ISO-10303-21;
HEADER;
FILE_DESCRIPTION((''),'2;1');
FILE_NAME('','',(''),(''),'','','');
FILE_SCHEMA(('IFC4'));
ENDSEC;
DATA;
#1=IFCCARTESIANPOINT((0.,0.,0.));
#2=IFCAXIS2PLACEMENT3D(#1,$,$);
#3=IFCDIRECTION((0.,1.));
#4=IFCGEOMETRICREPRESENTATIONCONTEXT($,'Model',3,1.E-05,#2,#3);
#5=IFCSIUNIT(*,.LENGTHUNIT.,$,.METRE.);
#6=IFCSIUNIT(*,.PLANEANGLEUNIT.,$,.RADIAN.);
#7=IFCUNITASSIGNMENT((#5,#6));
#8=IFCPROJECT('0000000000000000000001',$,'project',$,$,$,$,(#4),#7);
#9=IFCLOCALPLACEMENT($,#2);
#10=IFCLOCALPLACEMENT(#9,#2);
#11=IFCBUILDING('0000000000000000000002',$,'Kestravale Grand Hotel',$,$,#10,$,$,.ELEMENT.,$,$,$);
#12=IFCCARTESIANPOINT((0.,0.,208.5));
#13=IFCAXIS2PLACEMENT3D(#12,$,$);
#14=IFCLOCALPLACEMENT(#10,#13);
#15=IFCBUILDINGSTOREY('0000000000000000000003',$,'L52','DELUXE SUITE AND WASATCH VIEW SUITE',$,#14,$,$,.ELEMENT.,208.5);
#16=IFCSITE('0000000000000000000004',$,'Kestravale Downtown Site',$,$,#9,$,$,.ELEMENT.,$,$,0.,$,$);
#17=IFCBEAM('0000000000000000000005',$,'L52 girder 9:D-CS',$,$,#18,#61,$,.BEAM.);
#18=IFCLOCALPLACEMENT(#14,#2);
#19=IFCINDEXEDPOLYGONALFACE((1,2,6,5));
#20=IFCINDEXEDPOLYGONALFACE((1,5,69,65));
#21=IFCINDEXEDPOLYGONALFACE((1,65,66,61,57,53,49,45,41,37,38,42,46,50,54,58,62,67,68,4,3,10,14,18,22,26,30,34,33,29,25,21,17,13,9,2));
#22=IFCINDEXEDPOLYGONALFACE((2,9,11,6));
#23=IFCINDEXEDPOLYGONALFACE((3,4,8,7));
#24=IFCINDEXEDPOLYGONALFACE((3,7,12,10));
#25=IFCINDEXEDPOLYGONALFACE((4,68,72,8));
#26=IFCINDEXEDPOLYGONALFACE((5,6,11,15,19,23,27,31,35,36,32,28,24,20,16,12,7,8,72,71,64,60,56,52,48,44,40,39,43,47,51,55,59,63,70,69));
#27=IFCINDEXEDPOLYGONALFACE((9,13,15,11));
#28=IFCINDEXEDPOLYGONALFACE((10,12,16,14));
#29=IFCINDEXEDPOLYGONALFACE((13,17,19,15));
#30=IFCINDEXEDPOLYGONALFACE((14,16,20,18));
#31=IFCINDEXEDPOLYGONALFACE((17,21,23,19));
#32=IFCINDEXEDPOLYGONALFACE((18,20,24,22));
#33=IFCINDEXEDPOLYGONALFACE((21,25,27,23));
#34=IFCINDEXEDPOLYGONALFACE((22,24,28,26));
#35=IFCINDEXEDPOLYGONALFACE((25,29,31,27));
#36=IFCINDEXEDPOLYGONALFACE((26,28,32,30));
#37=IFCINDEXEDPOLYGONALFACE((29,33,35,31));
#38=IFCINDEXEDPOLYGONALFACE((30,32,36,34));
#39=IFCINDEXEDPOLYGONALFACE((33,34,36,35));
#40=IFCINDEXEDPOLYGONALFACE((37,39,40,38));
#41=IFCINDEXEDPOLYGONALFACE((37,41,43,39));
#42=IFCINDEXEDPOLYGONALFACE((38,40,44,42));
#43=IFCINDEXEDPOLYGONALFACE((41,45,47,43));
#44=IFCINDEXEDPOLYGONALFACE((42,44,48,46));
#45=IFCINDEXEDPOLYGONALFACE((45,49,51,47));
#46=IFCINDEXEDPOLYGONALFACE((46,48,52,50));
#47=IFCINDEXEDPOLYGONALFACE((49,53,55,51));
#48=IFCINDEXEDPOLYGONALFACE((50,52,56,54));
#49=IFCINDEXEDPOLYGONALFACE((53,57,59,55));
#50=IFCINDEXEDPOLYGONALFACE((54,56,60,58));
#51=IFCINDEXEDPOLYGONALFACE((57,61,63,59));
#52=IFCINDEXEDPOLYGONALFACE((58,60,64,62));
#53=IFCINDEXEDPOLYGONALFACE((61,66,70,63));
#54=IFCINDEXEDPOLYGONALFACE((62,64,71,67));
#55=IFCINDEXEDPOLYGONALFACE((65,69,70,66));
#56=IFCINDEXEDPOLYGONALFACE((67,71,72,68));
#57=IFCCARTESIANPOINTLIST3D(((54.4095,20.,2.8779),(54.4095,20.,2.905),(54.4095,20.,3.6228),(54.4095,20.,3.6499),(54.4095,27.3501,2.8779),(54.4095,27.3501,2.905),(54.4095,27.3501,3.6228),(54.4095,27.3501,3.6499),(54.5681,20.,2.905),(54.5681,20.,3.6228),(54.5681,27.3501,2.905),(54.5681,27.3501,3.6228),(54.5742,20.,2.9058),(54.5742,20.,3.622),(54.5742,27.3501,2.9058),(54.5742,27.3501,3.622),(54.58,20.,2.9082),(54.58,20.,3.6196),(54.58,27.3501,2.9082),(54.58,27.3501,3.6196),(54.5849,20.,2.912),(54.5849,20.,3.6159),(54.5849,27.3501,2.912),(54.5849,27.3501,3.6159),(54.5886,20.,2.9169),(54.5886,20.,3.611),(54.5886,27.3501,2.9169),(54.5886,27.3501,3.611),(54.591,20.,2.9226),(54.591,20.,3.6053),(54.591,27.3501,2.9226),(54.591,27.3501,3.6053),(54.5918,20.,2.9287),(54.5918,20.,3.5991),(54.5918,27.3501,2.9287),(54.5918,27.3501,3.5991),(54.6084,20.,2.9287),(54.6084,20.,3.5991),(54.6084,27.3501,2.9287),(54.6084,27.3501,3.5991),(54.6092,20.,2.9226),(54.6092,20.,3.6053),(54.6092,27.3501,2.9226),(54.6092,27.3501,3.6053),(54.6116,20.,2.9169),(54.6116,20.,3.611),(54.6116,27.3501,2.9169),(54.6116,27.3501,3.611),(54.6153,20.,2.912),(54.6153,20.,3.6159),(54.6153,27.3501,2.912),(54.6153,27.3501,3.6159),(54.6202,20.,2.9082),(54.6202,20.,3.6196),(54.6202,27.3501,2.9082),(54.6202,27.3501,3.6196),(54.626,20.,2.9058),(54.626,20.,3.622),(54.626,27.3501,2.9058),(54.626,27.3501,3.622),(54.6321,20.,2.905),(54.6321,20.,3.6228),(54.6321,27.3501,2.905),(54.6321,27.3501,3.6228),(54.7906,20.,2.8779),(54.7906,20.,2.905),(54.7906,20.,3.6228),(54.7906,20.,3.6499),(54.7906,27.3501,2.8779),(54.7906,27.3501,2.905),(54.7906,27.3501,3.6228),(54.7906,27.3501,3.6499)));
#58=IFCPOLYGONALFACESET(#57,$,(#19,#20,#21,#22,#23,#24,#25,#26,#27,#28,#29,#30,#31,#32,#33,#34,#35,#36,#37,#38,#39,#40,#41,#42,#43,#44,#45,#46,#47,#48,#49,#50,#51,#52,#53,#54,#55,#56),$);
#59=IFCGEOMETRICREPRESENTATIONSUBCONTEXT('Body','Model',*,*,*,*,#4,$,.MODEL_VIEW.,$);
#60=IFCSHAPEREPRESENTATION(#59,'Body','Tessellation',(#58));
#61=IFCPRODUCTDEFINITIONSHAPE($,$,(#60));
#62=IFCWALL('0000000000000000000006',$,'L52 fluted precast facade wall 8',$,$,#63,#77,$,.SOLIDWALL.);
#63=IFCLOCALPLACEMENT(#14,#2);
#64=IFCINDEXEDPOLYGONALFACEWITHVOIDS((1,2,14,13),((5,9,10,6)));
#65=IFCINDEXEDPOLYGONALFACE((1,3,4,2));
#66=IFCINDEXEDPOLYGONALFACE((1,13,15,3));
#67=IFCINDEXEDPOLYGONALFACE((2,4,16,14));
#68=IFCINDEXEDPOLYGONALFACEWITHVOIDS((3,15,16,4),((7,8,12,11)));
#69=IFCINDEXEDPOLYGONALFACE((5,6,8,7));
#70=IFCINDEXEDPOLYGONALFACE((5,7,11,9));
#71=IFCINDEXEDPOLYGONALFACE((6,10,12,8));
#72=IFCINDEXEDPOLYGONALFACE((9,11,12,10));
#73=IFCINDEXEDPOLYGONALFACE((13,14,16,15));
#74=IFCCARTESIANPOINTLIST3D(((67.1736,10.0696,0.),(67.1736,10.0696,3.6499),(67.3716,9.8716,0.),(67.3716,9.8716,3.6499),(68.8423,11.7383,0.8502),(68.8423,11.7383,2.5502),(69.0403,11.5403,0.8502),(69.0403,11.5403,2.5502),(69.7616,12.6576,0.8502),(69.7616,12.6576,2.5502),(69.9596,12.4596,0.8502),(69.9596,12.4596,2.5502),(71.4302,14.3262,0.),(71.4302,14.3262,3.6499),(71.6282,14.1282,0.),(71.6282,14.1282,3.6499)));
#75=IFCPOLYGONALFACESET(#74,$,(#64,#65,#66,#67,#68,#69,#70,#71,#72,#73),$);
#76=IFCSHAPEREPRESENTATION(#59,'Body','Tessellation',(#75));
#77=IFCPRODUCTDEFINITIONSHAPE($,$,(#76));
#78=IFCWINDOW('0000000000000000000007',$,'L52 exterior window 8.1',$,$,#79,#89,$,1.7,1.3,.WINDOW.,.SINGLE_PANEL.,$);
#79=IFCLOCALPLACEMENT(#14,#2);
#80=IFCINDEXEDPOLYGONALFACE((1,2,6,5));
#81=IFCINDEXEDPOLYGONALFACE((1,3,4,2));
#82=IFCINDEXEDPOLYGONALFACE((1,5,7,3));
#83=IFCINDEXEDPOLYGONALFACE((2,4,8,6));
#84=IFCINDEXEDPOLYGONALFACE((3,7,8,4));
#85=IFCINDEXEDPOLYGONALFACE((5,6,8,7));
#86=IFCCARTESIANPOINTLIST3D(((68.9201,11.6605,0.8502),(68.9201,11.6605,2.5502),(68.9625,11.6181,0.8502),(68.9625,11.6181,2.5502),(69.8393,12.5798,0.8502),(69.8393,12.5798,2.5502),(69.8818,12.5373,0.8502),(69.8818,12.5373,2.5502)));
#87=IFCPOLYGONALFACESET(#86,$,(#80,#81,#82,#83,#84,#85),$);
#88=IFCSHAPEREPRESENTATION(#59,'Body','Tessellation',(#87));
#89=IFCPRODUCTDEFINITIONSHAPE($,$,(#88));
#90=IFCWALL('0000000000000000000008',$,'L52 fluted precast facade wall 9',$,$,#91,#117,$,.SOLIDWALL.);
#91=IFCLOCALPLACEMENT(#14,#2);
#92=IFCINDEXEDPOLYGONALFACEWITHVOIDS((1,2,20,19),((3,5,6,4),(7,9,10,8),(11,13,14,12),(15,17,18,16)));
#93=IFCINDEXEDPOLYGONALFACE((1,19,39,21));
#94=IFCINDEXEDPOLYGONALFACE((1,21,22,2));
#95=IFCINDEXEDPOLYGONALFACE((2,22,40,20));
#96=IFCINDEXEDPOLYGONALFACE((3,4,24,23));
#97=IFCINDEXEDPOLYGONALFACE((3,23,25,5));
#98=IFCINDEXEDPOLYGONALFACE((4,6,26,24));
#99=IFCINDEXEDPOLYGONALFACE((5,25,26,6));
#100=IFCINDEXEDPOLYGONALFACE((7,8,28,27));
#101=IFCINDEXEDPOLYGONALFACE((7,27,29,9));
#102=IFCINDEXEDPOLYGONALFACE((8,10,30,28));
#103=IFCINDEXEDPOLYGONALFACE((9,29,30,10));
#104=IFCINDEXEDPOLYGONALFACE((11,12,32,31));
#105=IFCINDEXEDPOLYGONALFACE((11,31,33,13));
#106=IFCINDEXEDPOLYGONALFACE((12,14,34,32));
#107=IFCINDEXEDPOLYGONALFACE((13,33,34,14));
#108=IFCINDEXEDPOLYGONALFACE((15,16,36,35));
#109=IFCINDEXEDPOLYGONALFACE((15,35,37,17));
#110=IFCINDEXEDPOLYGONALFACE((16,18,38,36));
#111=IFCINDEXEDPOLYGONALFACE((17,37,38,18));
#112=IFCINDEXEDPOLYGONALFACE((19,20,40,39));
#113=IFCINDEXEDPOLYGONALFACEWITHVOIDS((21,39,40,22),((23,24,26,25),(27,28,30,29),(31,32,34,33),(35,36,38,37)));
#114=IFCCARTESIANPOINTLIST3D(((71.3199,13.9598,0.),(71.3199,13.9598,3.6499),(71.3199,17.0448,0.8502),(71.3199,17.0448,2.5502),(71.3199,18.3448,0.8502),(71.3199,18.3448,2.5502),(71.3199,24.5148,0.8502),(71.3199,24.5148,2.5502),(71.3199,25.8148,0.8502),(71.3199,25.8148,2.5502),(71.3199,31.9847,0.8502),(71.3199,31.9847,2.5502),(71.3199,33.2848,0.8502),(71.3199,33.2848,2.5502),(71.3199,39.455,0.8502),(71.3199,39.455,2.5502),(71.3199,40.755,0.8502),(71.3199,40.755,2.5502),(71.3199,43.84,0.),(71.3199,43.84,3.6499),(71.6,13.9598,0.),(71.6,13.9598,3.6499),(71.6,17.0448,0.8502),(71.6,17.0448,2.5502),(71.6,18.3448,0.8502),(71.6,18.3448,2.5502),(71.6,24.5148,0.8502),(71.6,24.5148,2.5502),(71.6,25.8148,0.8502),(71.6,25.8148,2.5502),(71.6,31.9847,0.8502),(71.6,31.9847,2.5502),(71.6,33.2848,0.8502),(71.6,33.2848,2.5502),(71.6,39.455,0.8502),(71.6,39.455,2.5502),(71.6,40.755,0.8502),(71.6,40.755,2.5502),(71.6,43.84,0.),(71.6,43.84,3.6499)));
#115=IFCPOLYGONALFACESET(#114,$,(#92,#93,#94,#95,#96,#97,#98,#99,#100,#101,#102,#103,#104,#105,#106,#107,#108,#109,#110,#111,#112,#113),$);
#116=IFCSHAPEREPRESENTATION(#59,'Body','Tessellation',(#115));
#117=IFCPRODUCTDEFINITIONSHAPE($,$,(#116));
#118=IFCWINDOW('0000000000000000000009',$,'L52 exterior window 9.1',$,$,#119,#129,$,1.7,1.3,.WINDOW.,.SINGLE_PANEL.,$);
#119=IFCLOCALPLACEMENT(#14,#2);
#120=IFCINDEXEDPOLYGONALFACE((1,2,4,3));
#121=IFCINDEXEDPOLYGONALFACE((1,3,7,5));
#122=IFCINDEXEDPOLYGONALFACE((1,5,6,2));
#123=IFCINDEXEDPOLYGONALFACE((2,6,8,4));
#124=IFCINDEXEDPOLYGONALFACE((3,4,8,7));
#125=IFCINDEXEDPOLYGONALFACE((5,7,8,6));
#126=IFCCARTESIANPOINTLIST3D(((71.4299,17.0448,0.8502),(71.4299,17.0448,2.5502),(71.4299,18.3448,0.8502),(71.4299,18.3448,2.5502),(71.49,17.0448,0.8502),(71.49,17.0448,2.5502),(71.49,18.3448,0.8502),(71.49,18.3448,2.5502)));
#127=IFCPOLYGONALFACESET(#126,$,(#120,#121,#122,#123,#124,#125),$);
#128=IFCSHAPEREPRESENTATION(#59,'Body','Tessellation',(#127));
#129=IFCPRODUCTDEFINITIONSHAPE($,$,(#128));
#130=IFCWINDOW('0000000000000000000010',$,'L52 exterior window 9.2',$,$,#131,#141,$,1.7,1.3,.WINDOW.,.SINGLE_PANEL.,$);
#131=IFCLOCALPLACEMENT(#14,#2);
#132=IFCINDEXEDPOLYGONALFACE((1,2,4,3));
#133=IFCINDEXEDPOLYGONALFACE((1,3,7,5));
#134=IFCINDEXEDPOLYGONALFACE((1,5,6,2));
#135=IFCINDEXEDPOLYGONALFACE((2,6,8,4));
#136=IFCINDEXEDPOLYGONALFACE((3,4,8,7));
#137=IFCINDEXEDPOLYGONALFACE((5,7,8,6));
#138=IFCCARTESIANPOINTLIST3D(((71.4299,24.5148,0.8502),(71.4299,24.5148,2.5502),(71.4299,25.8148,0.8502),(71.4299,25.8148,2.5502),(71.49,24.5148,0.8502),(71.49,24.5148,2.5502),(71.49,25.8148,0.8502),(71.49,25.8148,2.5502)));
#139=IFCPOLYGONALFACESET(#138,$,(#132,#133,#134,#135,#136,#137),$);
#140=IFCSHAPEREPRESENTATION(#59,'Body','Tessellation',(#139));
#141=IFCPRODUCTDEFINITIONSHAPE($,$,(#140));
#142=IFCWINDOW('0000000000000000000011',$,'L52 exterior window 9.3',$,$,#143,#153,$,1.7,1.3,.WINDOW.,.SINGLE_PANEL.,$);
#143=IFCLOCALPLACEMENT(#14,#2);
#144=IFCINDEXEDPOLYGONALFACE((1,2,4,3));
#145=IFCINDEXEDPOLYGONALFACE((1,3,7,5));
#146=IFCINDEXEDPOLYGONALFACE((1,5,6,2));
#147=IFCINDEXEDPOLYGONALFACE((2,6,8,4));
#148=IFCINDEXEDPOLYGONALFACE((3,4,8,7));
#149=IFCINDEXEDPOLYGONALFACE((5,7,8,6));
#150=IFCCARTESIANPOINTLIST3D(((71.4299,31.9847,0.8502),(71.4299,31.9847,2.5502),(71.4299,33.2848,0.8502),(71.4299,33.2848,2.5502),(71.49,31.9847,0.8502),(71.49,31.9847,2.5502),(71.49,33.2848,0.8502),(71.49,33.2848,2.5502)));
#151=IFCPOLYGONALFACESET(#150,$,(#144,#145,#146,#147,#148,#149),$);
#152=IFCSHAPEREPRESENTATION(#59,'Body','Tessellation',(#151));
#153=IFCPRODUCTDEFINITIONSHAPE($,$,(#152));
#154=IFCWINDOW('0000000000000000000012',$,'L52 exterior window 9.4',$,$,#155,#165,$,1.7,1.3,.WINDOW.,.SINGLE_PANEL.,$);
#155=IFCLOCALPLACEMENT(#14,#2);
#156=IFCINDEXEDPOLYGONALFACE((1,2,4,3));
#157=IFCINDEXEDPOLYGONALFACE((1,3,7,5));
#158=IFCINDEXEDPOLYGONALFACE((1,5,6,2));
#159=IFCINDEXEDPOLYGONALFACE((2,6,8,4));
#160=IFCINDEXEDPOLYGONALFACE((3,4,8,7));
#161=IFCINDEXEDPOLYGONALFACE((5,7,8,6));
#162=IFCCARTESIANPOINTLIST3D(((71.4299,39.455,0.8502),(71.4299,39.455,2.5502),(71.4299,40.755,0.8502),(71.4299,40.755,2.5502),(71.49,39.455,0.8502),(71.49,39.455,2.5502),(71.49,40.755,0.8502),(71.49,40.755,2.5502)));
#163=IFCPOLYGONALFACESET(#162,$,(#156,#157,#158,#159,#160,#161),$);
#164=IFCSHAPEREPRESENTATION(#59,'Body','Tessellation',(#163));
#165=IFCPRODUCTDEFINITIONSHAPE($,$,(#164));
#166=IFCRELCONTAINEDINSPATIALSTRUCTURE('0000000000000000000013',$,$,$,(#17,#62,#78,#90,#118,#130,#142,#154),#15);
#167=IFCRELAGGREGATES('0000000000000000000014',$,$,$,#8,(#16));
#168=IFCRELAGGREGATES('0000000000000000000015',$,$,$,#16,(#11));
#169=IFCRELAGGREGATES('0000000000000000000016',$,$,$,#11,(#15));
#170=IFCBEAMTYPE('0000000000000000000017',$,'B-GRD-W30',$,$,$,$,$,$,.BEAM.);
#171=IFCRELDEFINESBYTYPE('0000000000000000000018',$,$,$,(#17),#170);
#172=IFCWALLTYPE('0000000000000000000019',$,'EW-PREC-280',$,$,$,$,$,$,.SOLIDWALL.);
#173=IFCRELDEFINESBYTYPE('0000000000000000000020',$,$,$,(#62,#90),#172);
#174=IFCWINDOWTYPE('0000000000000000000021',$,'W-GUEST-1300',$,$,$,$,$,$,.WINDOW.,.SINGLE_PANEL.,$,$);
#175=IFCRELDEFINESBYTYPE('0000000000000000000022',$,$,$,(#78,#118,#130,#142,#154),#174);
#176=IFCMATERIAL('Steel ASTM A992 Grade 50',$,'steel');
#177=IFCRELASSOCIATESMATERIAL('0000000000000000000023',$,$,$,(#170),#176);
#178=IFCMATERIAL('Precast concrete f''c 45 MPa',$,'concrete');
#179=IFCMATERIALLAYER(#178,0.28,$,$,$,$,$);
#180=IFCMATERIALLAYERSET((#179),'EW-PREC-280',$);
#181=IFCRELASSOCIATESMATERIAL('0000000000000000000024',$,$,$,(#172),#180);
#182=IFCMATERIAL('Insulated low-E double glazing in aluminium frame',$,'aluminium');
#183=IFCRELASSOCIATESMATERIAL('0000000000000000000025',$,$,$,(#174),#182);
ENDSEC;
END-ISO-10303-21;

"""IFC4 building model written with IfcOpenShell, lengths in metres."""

from ifc_helpers import new_model, si_unit, direction, frame, frame_2d, origin, origin_2d, place, context, subcontext, project, spatial, rectangle, i_section, extrude, material, layer, layer_set, material_profile, profile_set, type_object, element, fill, save


model = new_model("IFC4")

# Units and contexts
model_context = context("Model", 3, precision=1e-05, world=origin(), true_north=direction((0.0, 1.0)))
body_context = subcontext(model_context, "Body", "Model", "MODEL_VIEW")
ifc_project = project(units=[si_unit("LENGTHUNIT", "METRE"), si_unit("PLANEANGLEUNIT", "RADIAN")], contexts=[model_context])

# Site, building, storey
site_placement = place(None, origin())
site = spatial("IfcSite", under=ifc_project, at=site_placement, Name="Kestravale Downtown Site", CompositionType="ELEMENT", RefElevation=0.0)
building_placement = place(site_placement, origin())
building = spatial("IfcBuilding", under=site, at=building_placement, Name="Kestravale Grand Hotel", CompositionType="ELEMENT")
storey_placement = place(building_placement, frame((0.0, 0.0, 208.5)))
storey = spatial("IfcBuildingStorey", under=building, at=storey_placement, Name="L52", Description="DELUXE SUITE AND WASATCH VIEW SUITE", CompositionType="ELEMENT", Elevation=208.5)

# Beam
ifc_material_1 = material(Name="Steel ASTM A992 Grade 50", Category="steel")
ifc_material_profile_1 = material_profile(ifc_material_1, i_section(OverallWidth=0.3811, OverallDepth=0.772, WebThickness=0.0166, FlangeThickness=0.0271, FilletRadius=0.0237, at=origin_2d()))
ifc_profile_set_1 = profile_set([ifc_material_profile_1], Name="Steel ASTM A992 Grade 50")
beam_type_1 = type_object("IfcBeamType", Name="B-GRD-W30", PredefinedType="BEAM", material=ifc_profile_set_1)
beam_1_placement = place(storey_placement, frame((54.6001, 20.0, 3.2639), z_axis=(0.0, 1.0, 0.0), x_axis=(-1.0, 0.0, 0.0)))
element("IfcBeam", 1, at=beam_1_placement, inside=storey, type_object=beam_type_1, Name="L52 girder 9:D-CS", PredefinedType="BEAM", context=body_context, shape_type="SweptSolid", body=[
    extrude(i_section(OverallWidth=0.3811, OverallDepth=0.772, WebThickness=0.0166, FlangeThickness=0.0271, FilletRadius=0.0237, at=origin_2d()), origin(), (0.0, 0.0, 1.0), 7.3501),
])

# Wall, opening, window
ifc_material_2 = material(Name="Precast concrete f'c 45 MPa", Category="concrete")
ifc_layer_1 = layer(ifc_material_2, 0.28)
ifc_layer_set_1 = layer_set([ifc_layer_1], Name="EW-PREC-280")
wall_type_1 = type_object("IfcWallType", Name="EW-PREC-280", PredefinedType="SOLIDWALL", material=ifc_layer_set_1)
wall_1_placement = place(storey_placement, frame((67.2727, 9.9707, 0.0), z_axis=(0.0, 0.0, 1.0), x_axis=(0.707107, 0.707107, 0.0)))
wall_1 = element("IfcWall", 2, at=wall_1_placement, inside=storey, type_object=wall_type_1, Name="L52 fluted precast facade wall 8", PredefinedType="SOLIDWALL", context=body_context, shape_type="SweptSolid", body=[
    extrude(rectangle(XDim=6.0198, YDim=0.28, at=frame_2d((3.0098, 0.0))), origin(), (0.0, 0.0, 1.0), 3.6499),
])
opening_1_placement = place(wall_1_placement, frame((2.3599, 0.0, 0.8501)))
opening_1 = element("IfcOpeningElement", 3, at=opening_1_placement, cuts=wall_1, PredefinedType="OPENING", context=body_context, shape_type="SweptSolid", body=[
    extrude(rectangle(XDim=1.3, YDim=1.7, at=frame_2d((0.6499, 0.8501))), frame((0.0, 0.1499, 0.0), z_axis=(0.0, -1.0, 0.0), x_axis=(1.0, 0.0, 0.0)), (0.0, 0.0, 1.0), 0.3),
])
ifc_material_3 = material(Name="Insulated low-E double glazing in aluminium frame", Category="aluminium")
window_type = type_object("IfcWindowType", Name="W-GUEST-1300", PartitioningType="SINGLE_PANEL", PredefinedType="WINDOW", material=ifc_material_3)
window_1_placement = place(opening_1_placement, origin())
window_1 = element("IfcWindow", 4, at=window_1_placement, inside=storey, type_object=window_type, Name="L52 exterior window 8.1", OverallHeight=1.7, OverallWidth=1.3, PartitioningType="SINGLE_PANEL", PredefinedType="WINDOW", context=body_context, shape_type="SweptSolid", body=[
    extrude(rectangle(XDim=1.3, YDim=1.7, at=frame_2d((0.6499, 0.8501))), frame((0.0, 0.03, 0.0), z_axis=(0.0, -1.0, 0.0), x_axis=(1.0, 0.0, 0.0)), (0.0, 0.0, 1.0), 0.0601),
])
fill(opening_1, window_1)

# Wall, openings, windows
wall_2_placement = place(storey_placement, frame((71.46, 13.96, 0.0), z_axis=(0.0, 0.0, 1.0), x_axis=(0.0, 1.0, 0.0)))
wall_2 = element("IfcWall", 5, at=wall_2_placement, inside=storey, type_object=wall_type_1, Name="L52 fluted precast facade wall 9", PredefinedType="SOLIDWALL", context=body_context, shape_type="SweptSolid", body=[
    extrude(rectangle(XDim=29.8801, YDim=0.28, at=frame_2d((14.9399, 0.0))), origin(), (0.0, 0.0, 1.0), 3.6499),
])
opening_2_placement = place(wall_2_placement, frame((3.085, 0.0, 0.8501)))
opening_2 = element("IfcOpeningElement", 6, at=opening_2_placement, cuts=wall_2, PredefinedType="OPENING", context=body_context, shape_type="SweptSolid", body=[
    extrude(rectangle(XDim=1.3, YDim=1.7, at=frame_2d((0.6499, 0.8501))), frame((0.0, 0.1499, 0.0), z_axis=(0.0, -1.0, 0.0), x_axis=(1.0, 0.0, 0.0)), (0.0, 0.0, 1.0), 0.3),
])
opening_3_placement = place(wall_2_placement, frame((10.5549, 0.0, 0.8501)))
opening_3 = element("IfcOpeningElement", 7, at=opening_3_placement, cuts=wall_2, PredefinedType="OPENING", context=body_context, shape_type="SweptSolid", body=[
    extrude(rectangle(XDim=1.3, YDim=1.7, at=frame_2d((0.6499, 0.8501))), frame((0.0, 0.1499, 0.0), z_axis=(0.0, -1.0, 0.0), x_axis=(1.0, 0.0, 0.0)), (0.0, 0.0, 1.0), 0.3),
])
opening_4_placement = place(wall_2_placement, frame((18.0249, 0.0, 0.8501)))
opening_4 = element("IfcOpeningElement", 8, at=opening_4_placement, cuts=wall_2, PredefinedType="OPENING", context=body_context, shape_type="SweptSolid", body=[
    extrude(rectangle(XDim=1.3, YDim=1.7, at=frame_2d((0.6499, 0.8501))), frame((0.0, 0.1499, 0.0), z_axis=(0.0, -1.0, 0.0), x_axis=(1.0, 0.0, 0.0)), (0.0, 0.0, 1.0), 0.3),
])
opening_5_placement = place(wall_2_placement, frame((25.4951, 0.0, 0.8501)))
opening_5 = element("IfcOpeningElement", 9, at=opening_5_placement, cuts=wall_2, PredefinedType="OPENING", context=body_context, shape_type="SweptSolid", body=[
    extrude(rectangle(XDim=1.3, YDim=1.7, at=frame_2d((0.6499, 0.8501))), frame((0.0, 0.1499, 0.0), z_axis=(0.0, -1.0, 0.0), x_axis=(1.0, 0.0, 0.0)), (0.0, 0.0, 1.0), 0.3),
])
window_2_placement = place(opening_2_placement, origin())
window_2 = element("IfcWindow", 10, at=window_2_placement, inside=storey, type_object=window_type, Name="L52 exterior window 9.1", OverallHeight=1.7, OverallWidth=1.3, PartitioningType="SINGLE_PANEL", PredefinedType="WINDOW", context=body_context, shape_type="SweptSolid", body=[
    extrude(rectangle(XDim=1.3, YDim=1.7, at=frame_2d((0.6499, 0.8501))), frame((0.0, 0.03, 0.0), z_axis=(0.0, -1.0, 0.0), x_axis=(1.0, 0.0, 0.0)), (0.0, 0.0, 1.0), 0.0601),
])
fill(opening_2, window_2)
window_3_placement = place(opening_3_placement, origin())
window_3 = element("IfcWindow", 11, at=window_3_placement, inside=storey, type_object=window_type, Name="L52 exterior window 9.2", OverallHeight=1.7, OverallWidth=1.3, PartitioningType="SINGLE_PANEL", PredefinedType="WINDOW", context=body_context, shape_type="SweptSolid", body=[
    extrude(rectangle(XDim=1.3, YDim=1.7, at=frame_2d((0.6499, 0.8501))), frame((0.0, 0.03, 0.0), z_axis=(0.0, -1.0, 0.0), x_axis=(1.0, 0.0, 0.0)), (0.0, 0.0, 1.0), 0.0601),
])
fill(opening_3, window_3)
window_4_placement = place(opening_4_placement, origin())
window_4 = element("IfcWindow", 12, at=window_4_placement, inside=storey, type_object=window_type, Name="L52 exterior window 9.3", OverallHeight=1.7, OverallWidth=1.3, PartitioningType="SINGLE_PANEL", PredefinedType="WINDOW", context=body_context, shape_type="SweptSolid", body=[
    extrude(rectangle(XDim=1.3, YDim=1.7, at=frame_2d((0.6499, 0.8501))), frame((0.0, 0.03, 0.0), z_axis=(0.0, -1.0, 0.0), x_axis=(1.0, 0.0, 0.0)), (0.0, 0.0, 1.0), 0.0601),
])
fill(opening_4, window_4)
window_5_placement = place(opening_5_placement, origin())
window_5 = element("IfcWindow", 13, at=window_5_placement, inside=storey, type_object=window_type, Name="L52 exterior window 9.4", OverallHeight=1.7, OverallWidth=1.3, PartitioningType="SINGLE_PANEL", PredefinedType="WINDOW", context=body_context, shape_type="SweptSolid", body=[
    extrude(rectangle(XDim=1.3, YDim=1.7, at=frame_2d((0.6499, 0.8501))), frame((0.0, 0.03, 0.0), z_axis=(0.0, -1.0, 0.0), x_axis=(1.0, 0.0, 0.0)), (0.0, 0.0, 1.0), 0.0601),
])
fill(opening_5, window_5)

save(model, "model.ifc")
